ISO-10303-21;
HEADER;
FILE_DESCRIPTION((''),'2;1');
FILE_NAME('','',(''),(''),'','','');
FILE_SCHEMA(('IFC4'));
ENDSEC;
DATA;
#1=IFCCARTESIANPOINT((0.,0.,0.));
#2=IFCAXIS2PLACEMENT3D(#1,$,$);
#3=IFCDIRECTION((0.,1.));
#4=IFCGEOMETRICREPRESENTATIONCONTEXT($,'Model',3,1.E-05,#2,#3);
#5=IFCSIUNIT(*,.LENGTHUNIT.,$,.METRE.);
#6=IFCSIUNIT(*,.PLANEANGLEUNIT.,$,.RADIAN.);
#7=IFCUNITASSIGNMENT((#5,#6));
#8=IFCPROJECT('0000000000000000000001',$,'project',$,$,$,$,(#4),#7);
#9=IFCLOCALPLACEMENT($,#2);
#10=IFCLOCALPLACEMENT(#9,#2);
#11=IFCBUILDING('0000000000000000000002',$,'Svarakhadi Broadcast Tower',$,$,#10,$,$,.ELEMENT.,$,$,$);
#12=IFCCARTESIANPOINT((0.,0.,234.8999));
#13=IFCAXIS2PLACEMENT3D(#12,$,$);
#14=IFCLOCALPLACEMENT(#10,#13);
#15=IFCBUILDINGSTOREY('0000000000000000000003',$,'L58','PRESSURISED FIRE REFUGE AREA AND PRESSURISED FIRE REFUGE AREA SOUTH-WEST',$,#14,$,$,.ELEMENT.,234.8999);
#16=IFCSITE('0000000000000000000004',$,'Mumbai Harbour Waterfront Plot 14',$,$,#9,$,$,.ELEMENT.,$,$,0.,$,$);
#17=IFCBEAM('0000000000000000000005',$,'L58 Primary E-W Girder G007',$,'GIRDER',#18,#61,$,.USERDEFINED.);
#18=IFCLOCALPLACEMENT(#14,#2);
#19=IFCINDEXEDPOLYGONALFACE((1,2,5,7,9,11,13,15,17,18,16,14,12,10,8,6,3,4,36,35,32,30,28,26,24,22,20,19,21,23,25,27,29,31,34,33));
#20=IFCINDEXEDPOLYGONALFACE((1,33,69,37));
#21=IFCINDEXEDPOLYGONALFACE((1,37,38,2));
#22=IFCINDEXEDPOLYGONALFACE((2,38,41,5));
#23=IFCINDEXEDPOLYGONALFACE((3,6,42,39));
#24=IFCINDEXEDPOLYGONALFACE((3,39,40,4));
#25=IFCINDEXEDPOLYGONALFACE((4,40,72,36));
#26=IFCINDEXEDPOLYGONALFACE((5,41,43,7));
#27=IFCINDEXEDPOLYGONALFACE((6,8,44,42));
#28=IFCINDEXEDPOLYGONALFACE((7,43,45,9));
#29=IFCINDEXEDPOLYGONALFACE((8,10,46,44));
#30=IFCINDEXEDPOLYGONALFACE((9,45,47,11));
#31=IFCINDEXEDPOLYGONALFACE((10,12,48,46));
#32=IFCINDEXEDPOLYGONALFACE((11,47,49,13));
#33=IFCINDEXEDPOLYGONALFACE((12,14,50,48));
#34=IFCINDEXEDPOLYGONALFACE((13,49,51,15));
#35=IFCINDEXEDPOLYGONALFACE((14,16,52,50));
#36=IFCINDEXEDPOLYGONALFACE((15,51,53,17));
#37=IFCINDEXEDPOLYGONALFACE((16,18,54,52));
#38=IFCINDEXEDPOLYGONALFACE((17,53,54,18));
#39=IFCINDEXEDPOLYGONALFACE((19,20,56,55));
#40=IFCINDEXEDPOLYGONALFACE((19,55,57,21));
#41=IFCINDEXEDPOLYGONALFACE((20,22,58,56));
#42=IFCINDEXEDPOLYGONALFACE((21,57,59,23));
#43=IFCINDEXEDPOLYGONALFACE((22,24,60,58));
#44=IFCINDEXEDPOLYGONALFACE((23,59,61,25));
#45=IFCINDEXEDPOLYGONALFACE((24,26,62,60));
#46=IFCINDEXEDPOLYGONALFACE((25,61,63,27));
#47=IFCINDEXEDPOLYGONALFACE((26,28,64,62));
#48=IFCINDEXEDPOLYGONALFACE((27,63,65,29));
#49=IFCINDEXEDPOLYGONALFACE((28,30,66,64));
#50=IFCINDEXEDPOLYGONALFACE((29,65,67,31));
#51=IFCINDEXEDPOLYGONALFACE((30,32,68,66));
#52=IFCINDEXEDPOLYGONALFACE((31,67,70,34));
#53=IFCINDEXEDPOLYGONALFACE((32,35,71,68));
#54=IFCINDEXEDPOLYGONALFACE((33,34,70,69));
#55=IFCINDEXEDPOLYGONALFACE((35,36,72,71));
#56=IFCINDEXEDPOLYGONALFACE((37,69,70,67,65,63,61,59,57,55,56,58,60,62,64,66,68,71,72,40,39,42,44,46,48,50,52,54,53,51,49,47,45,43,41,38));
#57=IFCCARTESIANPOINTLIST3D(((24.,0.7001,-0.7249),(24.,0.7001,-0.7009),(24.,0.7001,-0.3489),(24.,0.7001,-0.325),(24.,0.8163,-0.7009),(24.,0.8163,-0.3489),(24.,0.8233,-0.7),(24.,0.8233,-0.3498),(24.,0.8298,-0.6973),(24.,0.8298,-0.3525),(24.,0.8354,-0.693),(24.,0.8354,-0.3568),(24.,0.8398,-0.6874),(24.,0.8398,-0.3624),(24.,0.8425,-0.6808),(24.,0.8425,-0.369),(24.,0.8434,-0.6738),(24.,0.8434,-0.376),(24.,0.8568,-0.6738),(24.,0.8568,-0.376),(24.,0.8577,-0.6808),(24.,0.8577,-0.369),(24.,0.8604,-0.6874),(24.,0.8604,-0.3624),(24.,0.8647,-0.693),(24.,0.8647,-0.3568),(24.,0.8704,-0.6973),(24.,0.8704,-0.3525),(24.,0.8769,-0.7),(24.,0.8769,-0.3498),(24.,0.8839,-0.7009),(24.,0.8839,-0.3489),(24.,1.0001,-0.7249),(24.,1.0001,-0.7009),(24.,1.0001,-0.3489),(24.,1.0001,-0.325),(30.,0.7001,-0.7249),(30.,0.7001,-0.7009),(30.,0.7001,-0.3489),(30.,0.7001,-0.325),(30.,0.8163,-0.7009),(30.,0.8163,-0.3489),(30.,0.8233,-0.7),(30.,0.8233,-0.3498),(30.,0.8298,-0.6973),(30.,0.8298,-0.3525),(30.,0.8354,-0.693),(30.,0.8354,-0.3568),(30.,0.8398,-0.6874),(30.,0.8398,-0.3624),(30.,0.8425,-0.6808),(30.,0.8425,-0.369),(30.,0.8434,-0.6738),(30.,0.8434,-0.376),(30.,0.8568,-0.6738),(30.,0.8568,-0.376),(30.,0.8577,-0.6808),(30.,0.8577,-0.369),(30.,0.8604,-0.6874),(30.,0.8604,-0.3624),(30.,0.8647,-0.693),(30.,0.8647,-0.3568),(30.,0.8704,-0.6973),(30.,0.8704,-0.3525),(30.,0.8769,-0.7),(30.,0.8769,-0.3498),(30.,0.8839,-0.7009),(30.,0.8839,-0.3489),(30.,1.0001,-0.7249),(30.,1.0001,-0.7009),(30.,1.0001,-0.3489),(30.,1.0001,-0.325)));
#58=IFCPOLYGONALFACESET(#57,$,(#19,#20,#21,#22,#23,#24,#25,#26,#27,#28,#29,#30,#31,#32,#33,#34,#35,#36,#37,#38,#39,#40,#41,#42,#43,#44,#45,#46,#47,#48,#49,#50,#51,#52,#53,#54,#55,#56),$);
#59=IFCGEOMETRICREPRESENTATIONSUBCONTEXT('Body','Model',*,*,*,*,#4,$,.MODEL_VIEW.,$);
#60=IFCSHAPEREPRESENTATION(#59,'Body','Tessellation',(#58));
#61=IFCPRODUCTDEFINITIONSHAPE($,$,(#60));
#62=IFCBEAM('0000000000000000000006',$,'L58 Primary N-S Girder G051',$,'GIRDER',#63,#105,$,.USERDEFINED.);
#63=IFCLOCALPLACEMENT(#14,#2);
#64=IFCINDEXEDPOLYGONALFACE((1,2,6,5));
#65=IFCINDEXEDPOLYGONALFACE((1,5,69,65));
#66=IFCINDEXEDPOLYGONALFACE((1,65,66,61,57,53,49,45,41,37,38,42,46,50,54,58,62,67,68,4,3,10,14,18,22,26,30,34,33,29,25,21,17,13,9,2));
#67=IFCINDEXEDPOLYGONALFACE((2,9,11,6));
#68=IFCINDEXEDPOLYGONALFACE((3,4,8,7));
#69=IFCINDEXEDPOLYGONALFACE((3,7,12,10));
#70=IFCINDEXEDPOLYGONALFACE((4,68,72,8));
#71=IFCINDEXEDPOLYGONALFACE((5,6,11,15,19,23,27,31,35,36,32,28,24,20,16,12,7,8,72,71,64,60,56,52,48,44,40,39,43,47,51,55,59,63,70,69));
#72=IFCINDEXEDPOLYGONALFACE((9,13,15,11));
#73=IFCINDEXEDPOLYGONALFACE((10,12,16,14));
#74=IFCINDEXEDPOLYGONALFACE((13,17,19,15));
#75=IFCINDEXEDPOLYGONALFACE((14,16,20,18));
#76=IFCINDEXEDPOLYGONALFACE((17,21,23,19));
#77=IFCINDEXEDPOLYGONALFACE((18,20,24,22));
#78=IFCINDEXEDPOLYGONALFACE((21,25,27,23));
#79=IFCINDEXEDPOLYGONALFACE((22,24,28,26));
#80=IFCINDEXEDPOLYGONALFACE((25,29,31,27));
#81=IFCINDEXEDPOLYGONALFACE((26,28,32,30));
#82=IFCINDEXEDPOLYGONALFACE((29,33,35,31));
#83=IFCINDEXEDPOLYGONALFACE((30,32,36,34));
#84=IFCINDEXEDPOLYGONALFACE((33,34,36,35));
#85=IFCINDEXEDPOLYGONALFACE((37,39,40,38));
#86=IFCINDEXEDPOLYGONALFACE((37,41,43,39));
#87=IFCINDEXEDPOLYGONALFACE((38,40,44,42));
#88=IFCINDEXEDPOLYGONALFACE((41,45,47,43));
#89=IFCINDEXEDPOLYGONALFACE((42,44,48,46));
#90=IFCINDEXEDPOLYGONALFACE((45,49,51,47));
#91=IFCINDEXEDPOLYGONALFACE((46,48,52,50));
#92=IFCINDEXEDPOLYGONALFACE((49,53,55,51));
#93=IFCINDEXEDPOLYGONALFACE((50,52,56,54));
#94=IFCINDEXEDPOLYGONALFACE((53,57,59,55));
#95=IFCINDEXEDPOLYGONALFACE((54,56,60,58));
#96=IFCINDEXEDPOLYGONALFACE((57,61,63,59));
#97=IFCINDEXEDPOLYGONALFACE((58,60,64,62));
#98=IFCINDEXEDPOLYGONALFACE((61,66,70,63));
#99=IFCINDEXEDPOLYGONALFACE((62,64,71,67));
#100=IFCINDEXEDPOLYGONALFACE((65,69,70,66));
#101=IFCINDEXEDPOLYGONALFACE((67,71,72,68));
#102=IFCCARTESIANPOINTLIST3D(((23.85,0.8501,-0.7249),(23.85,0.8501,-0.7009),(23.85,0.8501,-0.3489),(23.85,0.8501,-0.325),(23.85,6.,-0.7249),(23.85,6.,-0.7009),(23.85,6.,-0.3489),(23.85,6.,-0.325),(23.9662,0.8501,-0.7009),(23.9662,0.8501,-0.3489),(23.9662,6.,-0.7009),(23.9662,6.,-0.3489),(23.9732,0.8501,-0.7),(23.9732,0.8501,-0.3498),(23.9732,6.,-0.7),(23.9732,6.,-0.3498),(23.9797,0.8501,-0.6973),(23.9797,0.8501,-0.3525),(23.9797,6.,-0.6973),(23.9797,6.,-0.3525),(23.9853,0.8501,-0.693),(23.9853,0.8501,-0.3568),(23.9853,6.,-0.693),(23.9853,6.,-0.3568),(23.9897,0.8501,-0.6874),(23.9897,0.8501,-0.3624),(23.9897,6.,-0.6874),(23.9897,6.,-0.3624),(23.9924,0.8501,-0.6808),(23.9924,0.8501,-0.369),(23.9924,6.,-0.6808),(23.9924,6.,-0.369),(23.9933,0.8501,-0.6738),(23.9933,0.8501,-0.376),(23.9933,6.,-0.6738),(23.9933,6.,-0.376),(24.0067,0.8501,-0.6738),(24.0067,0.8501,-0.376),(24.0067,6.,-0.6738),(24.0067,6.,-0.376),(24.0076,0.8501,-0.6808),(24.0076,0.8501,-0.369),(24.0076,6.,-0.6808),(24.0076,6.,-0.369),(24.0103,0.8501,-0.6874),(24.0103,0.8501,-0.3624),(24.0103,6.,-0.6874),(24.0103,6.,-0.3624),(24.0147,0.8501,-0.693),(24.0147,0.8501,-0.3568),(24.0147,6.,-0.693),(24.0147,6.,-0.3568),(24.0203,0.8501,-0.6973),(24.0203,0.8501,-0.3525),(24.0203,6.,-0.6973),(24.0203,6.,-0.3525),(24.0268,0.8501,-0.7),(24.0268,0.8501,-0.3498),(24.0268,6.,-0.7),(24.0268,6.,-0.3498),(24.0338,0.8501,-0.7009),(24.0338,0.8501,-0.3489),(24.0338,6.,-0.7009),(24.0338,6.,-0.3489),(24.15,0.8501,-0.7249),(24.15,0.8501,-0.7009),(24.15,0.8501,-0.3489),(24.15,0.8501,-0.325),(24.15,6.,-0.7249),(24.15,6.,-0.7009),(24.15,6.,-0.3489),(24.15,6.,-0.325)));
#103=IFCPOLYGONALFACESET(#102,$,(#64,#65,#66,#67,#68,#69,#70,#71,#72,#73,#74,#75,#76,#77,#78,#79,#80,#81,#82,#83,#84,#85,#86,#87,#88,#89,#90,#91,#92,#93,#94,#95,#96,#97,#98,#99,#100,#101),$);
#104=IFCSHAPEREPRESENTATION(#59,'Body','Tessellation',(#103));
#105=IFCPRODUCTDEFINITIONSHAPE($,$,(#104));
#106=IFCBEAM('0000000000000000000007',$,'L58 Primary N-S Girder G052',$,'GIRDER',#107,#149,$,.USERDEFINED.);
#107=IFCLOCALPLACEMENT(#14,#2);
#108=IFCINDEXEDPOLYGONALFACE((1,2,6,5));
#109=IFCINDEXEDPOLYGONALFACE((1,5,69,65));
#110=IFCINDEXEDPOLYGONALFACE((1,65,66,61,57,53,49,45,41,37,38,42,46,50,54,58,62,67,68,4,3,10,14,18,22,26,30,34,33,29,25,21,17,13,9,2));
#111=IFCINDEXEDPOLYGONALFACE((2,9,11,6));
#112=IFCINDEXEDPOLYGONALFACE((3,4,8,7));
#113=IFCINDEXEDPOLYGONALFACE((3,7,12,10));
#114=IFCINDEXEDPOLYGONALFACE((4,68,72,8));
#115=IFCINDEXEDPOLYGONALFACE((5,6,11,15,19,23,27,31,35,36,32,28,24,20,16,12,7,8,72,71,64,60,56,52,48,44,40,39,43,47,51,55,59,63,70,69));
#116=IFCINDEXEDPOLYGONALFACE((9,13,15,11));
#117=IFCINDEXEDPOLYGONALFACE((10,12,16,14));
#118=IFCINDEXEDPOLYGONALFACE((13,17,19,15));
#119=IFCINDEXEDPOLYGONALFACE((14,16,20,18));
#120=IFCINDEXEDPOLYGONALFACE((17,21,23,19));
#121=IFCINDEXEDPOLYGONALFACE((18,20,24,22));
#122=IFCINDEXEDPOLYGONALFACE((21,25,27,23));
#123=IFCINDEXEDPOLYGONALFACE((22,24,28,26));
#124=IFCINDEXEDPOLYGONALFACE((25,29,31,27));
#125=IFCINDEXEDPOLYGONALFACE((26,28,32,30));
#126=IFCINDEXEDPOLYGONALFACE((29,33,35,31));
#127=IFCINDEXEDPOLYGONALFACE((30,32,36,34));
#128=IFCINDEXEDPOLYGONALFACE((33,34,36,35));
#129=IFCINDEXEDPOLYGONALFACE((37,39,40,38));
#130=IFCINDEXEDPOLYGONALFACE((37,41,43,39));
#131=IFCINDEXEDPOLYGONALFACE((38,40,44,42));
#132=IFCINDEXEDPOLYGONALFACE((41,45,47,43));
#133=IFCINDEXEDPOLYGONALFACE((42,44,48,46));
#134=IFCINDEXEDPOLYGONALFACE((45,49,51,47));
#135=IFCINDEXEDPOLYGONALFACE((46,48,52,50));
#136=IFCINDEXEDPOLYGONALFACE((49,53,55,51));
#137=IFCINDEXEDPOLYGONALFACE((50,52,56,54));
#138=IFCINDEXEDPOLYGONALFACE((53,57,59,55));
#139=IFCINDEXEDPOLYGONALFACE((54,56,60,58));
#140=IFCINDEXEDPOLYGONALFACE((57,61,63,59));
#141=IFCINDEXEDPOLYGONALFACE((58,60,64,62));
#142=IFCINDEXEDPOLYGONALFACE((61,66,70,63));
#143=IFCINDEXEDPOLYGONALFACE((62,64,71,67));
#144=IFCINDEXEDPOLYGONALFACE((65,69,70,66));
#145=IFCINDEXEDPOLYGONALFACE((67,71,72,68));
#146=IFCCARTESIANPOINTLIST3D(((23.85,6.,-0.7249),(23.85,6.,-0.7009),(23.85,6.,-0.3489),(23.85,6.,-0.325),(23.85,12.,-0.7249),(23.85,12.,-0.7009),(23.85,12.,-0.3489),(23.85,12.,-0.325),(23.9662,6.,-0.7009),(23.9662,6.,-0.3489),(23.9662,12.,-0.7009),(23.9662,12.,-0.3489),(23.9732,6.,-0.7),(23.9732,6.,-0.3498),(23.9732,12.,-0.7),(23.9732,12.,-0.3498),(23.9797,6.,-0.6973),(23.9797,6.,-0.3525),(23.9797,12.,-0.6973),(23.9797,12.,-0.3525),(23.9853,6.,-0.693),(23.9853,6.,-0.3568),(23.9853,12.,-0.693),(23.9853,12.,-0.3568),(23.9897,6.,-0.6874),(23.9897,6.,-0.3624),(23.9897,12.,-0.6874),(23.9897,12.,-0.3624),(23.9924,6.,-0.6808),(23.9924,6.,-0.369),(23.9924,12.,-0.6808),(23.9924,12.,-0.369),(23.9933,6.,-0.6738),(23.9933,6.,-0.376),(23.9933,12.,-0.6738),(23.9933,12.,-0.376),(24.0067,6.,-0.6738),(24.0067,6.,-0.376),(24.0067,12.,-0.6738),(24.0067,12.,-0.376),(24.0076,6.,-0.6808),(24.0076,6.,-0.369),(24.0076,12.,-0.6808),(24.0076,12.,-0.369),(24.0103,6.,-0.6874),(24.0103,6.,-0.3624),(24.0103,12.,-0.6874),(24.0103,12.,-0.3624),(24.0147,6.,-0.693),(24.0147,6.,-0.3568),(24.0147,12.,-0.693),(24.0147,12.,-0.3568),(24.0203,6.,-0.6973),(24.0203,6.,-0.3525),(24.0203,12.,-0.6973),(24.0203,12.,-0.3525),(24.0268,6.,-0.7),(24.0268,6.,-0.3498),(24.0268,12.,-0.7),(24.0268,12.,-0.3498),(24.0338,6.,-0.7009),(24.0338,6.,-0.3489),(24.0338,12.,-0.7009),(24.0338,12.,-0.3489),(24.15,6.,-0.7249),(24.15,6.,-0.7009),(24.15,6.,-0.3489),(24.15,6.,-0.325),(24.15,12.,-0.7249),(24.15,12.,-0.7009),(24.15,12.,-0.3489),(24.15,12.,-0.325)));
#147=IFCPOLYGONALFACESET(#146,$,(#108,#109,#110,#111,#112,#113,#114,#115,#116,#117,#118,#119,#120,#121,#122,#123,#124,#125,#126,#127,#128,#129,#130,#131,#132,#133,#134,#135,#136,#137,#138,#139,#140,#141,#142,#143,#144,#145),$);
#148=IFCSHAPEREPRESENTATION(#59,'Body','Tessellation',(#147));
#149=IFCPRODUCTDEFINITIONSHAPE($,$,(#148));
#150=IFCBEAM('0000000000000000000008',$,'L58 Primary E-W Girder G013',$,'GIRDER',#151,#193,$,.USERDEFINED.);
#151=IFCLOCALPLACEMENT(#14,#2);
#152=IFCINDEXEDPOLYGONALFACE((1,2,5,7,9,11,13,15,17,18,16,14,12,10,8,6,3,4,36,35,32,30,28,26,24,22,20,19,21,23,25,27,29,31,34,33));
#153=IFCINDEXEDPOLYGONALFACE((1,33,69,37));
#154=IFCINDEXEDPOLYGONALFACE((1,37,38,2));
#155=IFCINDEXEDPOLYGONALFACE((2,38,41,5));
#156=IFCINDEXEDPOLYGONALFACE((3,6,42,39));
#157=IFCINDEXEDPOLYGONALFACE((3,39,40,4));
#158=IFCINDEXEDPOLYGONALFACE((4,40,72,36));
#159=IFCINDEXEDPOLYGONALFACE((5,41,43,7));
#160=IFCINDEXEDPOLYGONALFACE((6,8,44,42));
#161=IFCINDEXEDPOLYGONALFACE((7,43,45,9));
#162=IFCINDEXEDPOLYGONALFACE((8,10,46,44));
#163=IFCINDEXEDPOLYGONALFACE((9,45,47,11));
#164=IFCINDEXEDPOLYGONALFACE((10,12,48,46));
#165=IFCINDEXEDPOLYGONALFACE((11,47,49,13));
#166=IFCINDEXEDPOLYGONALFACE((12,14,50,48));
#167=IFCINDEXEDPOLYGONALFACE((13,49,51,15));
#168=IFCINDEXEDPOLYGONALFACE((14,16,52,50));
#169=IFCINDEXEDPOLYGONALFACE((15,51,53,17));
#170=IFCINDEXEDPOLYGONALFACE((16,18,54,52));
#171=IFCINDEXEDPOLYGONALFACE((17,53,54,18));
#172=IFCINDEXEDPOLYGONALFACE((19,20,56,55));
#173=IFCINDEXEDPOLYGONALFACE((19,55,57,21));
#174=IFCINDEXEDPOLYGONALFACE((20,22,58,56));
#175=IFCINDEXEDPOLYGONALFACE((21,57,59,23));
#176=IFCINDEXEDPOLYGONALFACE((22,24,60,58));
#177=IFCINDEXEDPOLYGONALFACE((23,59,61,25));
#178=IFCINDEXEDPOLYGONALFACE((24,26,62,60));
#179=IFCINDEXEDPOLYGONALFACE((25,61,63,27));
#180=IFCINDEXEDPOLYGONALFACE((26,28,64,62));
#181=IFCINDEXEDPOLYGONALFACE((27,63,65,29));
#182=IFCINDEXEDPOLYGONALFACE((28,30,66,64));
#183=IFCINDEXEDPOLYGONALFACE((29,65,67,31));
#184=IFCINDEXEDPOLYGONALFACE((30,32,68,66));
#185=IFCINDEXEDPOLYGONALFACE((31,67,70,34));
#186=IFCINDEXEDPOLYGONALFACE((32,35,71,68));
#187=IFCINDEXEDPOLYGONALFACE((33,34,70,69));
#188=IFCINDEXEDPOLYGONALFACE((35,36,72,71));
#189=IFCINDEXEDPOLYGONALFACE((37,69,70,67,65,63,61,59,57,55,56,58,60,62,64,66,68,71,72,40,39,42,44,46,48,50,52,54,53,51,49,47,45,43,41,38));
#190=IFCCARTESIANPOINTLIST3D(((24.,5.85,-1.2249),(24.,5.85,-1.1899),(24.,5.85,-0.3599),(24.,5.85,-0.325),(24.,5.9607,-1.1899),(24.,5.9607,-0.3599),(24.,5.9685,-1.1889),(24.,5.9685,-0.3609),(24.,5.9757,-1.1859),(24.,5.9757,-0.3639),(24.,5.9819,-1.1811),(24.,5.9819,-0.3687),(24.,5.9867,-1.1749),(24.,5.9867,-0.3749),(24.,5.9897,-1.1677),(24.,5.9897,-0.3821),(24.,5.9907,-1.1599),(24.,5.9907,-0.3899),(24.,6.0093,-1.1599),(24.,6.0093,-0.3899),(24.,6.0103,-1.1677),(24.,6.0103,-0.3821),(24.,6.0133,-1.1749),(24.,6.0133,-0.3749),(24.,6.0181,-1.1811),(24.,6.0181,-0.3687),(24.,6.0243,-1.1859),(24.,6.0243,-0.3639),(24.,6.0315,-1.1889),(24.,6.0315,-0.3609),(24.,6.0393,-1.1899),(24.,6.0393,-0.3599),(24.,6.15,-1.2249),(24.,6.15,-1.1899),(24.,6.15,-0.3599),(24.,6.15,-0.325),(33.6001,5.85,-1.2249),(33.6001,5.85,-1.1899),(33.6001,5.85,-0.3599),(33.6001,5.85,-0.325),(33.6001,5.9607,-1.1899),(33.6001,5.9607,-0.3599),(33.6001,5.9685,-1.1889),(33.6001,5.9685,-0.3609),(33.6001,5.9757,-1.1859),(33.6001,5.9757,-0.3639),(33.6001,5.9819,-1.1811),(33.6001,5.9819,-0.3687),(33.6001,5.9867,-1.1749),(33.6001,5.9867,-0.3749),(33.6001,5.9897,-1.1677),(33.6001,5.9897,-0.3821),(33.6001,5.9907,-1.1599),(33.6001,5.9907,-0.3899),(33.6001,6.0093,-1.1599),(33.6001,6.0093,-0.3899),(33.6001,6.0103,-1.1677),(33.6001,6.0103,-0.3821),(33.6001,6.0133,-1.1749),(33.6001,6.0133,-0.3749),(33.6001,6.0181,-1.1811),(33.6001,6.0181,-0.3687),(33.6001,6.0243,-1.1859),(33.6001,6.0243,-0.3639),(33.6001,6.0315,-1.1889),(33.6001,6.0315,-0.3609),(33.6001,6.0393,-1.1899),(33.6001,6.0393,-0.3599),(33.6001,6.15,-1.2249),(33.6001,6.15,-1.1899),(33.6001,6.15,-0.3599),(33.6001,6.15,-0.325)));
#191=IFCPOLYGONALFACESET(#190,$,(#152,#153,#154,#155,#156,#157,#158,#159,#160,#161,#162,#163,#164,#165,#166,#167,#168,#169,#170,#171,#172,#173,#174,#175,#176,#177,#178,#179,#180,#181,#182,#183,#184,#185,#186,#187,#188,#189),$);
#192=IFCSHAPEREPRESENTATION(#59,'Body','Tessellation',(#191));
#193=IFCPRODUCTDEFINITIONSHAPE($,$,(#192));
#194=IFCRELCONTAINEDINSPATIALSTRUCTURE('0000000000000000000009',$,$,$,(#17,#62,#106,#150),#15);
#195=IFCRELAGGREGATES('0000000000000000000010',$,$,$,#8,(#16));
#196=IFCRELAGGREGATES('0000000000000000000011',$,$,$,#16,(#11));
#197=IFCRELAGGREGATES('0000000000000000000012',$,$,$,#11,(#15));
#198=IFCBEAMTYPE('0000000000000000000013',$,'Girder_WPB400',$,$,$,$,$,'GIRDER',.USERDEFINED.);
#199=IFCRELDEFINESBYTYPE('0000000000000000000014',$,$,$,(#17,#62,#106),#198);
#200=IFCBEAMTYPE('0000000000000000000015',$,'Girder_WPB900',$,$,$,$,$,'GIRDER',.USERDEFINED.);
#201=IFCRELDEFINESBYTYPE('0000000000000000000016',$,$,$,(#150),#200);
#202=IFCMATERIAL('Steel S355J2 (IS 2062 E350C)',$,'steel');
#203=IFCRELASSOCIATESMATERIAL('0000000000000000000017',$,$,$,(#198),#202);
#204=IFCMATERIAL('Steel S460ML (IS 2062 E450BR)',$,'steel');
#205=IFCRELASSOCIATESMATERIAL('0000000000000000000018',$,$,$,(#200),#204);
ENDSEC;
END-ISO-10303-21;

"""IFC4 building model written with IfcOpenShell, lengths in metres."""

from ifc_helpers import new_model, si_unit, direction, frame, origin, origin_2d, place, context, subcontext, project, spatial, i_section, extrude, material, material_profile, profile_set, type_object, element, save


model = new_model("IFC4")

# Units and contexts
model_context = context("Model", 3, precision=1e-05, world=origin(), true_north=direction((0.0, 1.0)))
body_context = subcontext(model_context, "Body", "Model", "MODEL_VIEW")
ifc_project = project(units=[si_unit("LENGTHUNIT", "METRE"), si_unit("PLANEANGLEUNIT", "RADIAN")], contexts=[model_context])

# Site, building, storey
site_placement = place(None, origin())
site = spatial("IfcSite", under=ifc_project, at=site_placement, Name="Mumbai Harbour Waterfront Plot 14", CompositionType="ELEMENT", RefElevation=0.0)
building_placement = place(site_placement, origin())
building = spatial("IfcBuilding", under=site, at=building_placement, Name="Svarakhadi Broadcast Tower", CompositionType="ELEMENT")
storey_placement = place(building_placement, frame((0.0, 0.0, 234.8999)))
storey = spatial("IfcBuildingStorey", under=building, at=storey_placement, Name="L58", Description="PRESSURISED FIRE REFUGE AREA AND PRESSURISED FIRE REFUGE AREA SOUTH-WEST", CompositionType="ELEMENT", Elevation=234.8999)

# Shared definitions
ifc_material_1 = material(Name="Steel S460ML (IS 2062 E450BR)", Category="steel")

# Beams
ifc_material_2 = material(Name="Steel S355J2 (IS 2062 E350C)", Category="steel")
ifc_material_profile_1 = material_profile(ifc_material_2, i_section(OverallWidth=0.3, OverallDepth=0.3999, WebThickness=0.0134, FlangeThickness=0.0239, FilletRadius=0.0271, at=origin_2d()), Name="WPB 400x300x155")
ifc_profile_set_1 = profile_set([ifc_material_profile_1], Name="Steel S355J2 (IS 2062 E350C)")
beam_type_1 = type_object("IfcBeamType", Name="Girder_WPB400", ElementType="GIRDER", PredefinedType="USERDEFINED", material=ifc_profile_set_1)
beam_1_placement = place(storey_placement, frame((24.0, 0.8501, -0.5249), z_axis=(1.0, 0.0, 0.0), x_axis=(0.0, 1.0, 0.0)))
element("IfcBeam", 1, at=beam_1_placement, inside=storey, type_object=beam_type_1, Name="L58 Primary E-W Girder G007", ObjectType="GIRDER", PredefinedType="USERDEFINED", context=body_context, shape_type="SweptSolid", body=[
    extrude(i_section(OverallWidth=0.3, OverallDepth=0.3999, WebThickness=0.0134, FlangeThickness=0.0239, FilletRadius=0.0271, at=origin_2d()), origin(), (0.0, 0.0, 1.0), 6.0),
])
beam_2_placement = place(storey_placement, frame((24.0, 0.8501, -0.5249), z_axis=(0.0, 1.0, 0.0), x_axis=(-1.0, 0.0, 0.0)))
element("IfcBeam", 2, at=beam_2_placement, inside=storey, type_object=beam_type_1, Name="L58 Primary N-S Girder G051", ObjectType="GIRDER", PredefinedType="USERDEFINED", context=body_context, shape_type="SweptSolid", body=[
    extrude(i_section(OverallWidth=0.3, OverallDepth=0.3999, WebThickness=0.0134, FlangeThickness=0.0239, FilletRadius=0.0271, at=origin_2d()), origin(), (0.0, 0.0, 1.0), 5.1499),
])
beam_3_placement = place(storey_placement, frame((24.0, 6.0, -0.5249), z_axis=(0.0, 1.0, 0.0), x_axis=(-1.0, 0.0, 0.0)))
element("IfcBeam", 3, at=beam_3_placement, inside=storey, type_object=beam_type_1, Name="L58 Primary N-S Girder G052", ObjectType="GIRDER", PredefinedType="USERDEFINED", context=body_context, shape_type="SweptSolid", body=[
    extrude(i_section(OverallWidth=0.3, OverallDepth=0.3999, WebThickness=0.0134, FlangeThickness=0.0239, FilletRadius=0.0271, at=origin_2d()), origin(), (0.0, 0.0, 1.0), 6.0),
])
ifc_material_profile_2 = material_profile(ifc_material_1, i_section(OverallWidth=0.3, OverallDepth=0.8999, WebThickness=0.0186, FlangeThickness=0.0349, FilletRadius=0.03, at=origin_2d()), Name="WPB 900x300x291")
ifc_profile_set_2 = profile_set([ifc_material_profile_2], Name="Steel S460ML (IS 2062 E450BR)")
beam_type_2 = type_object("IfcBeamType", Name="Girder_WPB900", ElementType="GIRDER", PredefinedType="USERDEFINED", material=ifc_profile_set_2)
beam_4_placement = place(storey_placement, frame((24.0, 6.0, -0.7749), z_axis=(1.0, 0.0, 0.0), x_axis=(0.0, 1.0, 0.0)))
element("IfcBeam", 4, at=beam_4_placement, inside=storey, type_object=beam_type_2, Name="L58 Primary E-W Girder G013", ObjectType="GIRDER", PredefinedType="USERDEFINED", context=body_context, shape_type="SweptSolid", body=[
    extrude(i_section(OverallWidth=0.3, OverallDepth=0.8999, WebThickness=0.0186, FlangeThickness=0.0349, FilletRadius=0.03, at=origin_2d()), origin(), (0.0, 0.0, 1.0), 9.6001),
])

save(model, "model.ifc")
